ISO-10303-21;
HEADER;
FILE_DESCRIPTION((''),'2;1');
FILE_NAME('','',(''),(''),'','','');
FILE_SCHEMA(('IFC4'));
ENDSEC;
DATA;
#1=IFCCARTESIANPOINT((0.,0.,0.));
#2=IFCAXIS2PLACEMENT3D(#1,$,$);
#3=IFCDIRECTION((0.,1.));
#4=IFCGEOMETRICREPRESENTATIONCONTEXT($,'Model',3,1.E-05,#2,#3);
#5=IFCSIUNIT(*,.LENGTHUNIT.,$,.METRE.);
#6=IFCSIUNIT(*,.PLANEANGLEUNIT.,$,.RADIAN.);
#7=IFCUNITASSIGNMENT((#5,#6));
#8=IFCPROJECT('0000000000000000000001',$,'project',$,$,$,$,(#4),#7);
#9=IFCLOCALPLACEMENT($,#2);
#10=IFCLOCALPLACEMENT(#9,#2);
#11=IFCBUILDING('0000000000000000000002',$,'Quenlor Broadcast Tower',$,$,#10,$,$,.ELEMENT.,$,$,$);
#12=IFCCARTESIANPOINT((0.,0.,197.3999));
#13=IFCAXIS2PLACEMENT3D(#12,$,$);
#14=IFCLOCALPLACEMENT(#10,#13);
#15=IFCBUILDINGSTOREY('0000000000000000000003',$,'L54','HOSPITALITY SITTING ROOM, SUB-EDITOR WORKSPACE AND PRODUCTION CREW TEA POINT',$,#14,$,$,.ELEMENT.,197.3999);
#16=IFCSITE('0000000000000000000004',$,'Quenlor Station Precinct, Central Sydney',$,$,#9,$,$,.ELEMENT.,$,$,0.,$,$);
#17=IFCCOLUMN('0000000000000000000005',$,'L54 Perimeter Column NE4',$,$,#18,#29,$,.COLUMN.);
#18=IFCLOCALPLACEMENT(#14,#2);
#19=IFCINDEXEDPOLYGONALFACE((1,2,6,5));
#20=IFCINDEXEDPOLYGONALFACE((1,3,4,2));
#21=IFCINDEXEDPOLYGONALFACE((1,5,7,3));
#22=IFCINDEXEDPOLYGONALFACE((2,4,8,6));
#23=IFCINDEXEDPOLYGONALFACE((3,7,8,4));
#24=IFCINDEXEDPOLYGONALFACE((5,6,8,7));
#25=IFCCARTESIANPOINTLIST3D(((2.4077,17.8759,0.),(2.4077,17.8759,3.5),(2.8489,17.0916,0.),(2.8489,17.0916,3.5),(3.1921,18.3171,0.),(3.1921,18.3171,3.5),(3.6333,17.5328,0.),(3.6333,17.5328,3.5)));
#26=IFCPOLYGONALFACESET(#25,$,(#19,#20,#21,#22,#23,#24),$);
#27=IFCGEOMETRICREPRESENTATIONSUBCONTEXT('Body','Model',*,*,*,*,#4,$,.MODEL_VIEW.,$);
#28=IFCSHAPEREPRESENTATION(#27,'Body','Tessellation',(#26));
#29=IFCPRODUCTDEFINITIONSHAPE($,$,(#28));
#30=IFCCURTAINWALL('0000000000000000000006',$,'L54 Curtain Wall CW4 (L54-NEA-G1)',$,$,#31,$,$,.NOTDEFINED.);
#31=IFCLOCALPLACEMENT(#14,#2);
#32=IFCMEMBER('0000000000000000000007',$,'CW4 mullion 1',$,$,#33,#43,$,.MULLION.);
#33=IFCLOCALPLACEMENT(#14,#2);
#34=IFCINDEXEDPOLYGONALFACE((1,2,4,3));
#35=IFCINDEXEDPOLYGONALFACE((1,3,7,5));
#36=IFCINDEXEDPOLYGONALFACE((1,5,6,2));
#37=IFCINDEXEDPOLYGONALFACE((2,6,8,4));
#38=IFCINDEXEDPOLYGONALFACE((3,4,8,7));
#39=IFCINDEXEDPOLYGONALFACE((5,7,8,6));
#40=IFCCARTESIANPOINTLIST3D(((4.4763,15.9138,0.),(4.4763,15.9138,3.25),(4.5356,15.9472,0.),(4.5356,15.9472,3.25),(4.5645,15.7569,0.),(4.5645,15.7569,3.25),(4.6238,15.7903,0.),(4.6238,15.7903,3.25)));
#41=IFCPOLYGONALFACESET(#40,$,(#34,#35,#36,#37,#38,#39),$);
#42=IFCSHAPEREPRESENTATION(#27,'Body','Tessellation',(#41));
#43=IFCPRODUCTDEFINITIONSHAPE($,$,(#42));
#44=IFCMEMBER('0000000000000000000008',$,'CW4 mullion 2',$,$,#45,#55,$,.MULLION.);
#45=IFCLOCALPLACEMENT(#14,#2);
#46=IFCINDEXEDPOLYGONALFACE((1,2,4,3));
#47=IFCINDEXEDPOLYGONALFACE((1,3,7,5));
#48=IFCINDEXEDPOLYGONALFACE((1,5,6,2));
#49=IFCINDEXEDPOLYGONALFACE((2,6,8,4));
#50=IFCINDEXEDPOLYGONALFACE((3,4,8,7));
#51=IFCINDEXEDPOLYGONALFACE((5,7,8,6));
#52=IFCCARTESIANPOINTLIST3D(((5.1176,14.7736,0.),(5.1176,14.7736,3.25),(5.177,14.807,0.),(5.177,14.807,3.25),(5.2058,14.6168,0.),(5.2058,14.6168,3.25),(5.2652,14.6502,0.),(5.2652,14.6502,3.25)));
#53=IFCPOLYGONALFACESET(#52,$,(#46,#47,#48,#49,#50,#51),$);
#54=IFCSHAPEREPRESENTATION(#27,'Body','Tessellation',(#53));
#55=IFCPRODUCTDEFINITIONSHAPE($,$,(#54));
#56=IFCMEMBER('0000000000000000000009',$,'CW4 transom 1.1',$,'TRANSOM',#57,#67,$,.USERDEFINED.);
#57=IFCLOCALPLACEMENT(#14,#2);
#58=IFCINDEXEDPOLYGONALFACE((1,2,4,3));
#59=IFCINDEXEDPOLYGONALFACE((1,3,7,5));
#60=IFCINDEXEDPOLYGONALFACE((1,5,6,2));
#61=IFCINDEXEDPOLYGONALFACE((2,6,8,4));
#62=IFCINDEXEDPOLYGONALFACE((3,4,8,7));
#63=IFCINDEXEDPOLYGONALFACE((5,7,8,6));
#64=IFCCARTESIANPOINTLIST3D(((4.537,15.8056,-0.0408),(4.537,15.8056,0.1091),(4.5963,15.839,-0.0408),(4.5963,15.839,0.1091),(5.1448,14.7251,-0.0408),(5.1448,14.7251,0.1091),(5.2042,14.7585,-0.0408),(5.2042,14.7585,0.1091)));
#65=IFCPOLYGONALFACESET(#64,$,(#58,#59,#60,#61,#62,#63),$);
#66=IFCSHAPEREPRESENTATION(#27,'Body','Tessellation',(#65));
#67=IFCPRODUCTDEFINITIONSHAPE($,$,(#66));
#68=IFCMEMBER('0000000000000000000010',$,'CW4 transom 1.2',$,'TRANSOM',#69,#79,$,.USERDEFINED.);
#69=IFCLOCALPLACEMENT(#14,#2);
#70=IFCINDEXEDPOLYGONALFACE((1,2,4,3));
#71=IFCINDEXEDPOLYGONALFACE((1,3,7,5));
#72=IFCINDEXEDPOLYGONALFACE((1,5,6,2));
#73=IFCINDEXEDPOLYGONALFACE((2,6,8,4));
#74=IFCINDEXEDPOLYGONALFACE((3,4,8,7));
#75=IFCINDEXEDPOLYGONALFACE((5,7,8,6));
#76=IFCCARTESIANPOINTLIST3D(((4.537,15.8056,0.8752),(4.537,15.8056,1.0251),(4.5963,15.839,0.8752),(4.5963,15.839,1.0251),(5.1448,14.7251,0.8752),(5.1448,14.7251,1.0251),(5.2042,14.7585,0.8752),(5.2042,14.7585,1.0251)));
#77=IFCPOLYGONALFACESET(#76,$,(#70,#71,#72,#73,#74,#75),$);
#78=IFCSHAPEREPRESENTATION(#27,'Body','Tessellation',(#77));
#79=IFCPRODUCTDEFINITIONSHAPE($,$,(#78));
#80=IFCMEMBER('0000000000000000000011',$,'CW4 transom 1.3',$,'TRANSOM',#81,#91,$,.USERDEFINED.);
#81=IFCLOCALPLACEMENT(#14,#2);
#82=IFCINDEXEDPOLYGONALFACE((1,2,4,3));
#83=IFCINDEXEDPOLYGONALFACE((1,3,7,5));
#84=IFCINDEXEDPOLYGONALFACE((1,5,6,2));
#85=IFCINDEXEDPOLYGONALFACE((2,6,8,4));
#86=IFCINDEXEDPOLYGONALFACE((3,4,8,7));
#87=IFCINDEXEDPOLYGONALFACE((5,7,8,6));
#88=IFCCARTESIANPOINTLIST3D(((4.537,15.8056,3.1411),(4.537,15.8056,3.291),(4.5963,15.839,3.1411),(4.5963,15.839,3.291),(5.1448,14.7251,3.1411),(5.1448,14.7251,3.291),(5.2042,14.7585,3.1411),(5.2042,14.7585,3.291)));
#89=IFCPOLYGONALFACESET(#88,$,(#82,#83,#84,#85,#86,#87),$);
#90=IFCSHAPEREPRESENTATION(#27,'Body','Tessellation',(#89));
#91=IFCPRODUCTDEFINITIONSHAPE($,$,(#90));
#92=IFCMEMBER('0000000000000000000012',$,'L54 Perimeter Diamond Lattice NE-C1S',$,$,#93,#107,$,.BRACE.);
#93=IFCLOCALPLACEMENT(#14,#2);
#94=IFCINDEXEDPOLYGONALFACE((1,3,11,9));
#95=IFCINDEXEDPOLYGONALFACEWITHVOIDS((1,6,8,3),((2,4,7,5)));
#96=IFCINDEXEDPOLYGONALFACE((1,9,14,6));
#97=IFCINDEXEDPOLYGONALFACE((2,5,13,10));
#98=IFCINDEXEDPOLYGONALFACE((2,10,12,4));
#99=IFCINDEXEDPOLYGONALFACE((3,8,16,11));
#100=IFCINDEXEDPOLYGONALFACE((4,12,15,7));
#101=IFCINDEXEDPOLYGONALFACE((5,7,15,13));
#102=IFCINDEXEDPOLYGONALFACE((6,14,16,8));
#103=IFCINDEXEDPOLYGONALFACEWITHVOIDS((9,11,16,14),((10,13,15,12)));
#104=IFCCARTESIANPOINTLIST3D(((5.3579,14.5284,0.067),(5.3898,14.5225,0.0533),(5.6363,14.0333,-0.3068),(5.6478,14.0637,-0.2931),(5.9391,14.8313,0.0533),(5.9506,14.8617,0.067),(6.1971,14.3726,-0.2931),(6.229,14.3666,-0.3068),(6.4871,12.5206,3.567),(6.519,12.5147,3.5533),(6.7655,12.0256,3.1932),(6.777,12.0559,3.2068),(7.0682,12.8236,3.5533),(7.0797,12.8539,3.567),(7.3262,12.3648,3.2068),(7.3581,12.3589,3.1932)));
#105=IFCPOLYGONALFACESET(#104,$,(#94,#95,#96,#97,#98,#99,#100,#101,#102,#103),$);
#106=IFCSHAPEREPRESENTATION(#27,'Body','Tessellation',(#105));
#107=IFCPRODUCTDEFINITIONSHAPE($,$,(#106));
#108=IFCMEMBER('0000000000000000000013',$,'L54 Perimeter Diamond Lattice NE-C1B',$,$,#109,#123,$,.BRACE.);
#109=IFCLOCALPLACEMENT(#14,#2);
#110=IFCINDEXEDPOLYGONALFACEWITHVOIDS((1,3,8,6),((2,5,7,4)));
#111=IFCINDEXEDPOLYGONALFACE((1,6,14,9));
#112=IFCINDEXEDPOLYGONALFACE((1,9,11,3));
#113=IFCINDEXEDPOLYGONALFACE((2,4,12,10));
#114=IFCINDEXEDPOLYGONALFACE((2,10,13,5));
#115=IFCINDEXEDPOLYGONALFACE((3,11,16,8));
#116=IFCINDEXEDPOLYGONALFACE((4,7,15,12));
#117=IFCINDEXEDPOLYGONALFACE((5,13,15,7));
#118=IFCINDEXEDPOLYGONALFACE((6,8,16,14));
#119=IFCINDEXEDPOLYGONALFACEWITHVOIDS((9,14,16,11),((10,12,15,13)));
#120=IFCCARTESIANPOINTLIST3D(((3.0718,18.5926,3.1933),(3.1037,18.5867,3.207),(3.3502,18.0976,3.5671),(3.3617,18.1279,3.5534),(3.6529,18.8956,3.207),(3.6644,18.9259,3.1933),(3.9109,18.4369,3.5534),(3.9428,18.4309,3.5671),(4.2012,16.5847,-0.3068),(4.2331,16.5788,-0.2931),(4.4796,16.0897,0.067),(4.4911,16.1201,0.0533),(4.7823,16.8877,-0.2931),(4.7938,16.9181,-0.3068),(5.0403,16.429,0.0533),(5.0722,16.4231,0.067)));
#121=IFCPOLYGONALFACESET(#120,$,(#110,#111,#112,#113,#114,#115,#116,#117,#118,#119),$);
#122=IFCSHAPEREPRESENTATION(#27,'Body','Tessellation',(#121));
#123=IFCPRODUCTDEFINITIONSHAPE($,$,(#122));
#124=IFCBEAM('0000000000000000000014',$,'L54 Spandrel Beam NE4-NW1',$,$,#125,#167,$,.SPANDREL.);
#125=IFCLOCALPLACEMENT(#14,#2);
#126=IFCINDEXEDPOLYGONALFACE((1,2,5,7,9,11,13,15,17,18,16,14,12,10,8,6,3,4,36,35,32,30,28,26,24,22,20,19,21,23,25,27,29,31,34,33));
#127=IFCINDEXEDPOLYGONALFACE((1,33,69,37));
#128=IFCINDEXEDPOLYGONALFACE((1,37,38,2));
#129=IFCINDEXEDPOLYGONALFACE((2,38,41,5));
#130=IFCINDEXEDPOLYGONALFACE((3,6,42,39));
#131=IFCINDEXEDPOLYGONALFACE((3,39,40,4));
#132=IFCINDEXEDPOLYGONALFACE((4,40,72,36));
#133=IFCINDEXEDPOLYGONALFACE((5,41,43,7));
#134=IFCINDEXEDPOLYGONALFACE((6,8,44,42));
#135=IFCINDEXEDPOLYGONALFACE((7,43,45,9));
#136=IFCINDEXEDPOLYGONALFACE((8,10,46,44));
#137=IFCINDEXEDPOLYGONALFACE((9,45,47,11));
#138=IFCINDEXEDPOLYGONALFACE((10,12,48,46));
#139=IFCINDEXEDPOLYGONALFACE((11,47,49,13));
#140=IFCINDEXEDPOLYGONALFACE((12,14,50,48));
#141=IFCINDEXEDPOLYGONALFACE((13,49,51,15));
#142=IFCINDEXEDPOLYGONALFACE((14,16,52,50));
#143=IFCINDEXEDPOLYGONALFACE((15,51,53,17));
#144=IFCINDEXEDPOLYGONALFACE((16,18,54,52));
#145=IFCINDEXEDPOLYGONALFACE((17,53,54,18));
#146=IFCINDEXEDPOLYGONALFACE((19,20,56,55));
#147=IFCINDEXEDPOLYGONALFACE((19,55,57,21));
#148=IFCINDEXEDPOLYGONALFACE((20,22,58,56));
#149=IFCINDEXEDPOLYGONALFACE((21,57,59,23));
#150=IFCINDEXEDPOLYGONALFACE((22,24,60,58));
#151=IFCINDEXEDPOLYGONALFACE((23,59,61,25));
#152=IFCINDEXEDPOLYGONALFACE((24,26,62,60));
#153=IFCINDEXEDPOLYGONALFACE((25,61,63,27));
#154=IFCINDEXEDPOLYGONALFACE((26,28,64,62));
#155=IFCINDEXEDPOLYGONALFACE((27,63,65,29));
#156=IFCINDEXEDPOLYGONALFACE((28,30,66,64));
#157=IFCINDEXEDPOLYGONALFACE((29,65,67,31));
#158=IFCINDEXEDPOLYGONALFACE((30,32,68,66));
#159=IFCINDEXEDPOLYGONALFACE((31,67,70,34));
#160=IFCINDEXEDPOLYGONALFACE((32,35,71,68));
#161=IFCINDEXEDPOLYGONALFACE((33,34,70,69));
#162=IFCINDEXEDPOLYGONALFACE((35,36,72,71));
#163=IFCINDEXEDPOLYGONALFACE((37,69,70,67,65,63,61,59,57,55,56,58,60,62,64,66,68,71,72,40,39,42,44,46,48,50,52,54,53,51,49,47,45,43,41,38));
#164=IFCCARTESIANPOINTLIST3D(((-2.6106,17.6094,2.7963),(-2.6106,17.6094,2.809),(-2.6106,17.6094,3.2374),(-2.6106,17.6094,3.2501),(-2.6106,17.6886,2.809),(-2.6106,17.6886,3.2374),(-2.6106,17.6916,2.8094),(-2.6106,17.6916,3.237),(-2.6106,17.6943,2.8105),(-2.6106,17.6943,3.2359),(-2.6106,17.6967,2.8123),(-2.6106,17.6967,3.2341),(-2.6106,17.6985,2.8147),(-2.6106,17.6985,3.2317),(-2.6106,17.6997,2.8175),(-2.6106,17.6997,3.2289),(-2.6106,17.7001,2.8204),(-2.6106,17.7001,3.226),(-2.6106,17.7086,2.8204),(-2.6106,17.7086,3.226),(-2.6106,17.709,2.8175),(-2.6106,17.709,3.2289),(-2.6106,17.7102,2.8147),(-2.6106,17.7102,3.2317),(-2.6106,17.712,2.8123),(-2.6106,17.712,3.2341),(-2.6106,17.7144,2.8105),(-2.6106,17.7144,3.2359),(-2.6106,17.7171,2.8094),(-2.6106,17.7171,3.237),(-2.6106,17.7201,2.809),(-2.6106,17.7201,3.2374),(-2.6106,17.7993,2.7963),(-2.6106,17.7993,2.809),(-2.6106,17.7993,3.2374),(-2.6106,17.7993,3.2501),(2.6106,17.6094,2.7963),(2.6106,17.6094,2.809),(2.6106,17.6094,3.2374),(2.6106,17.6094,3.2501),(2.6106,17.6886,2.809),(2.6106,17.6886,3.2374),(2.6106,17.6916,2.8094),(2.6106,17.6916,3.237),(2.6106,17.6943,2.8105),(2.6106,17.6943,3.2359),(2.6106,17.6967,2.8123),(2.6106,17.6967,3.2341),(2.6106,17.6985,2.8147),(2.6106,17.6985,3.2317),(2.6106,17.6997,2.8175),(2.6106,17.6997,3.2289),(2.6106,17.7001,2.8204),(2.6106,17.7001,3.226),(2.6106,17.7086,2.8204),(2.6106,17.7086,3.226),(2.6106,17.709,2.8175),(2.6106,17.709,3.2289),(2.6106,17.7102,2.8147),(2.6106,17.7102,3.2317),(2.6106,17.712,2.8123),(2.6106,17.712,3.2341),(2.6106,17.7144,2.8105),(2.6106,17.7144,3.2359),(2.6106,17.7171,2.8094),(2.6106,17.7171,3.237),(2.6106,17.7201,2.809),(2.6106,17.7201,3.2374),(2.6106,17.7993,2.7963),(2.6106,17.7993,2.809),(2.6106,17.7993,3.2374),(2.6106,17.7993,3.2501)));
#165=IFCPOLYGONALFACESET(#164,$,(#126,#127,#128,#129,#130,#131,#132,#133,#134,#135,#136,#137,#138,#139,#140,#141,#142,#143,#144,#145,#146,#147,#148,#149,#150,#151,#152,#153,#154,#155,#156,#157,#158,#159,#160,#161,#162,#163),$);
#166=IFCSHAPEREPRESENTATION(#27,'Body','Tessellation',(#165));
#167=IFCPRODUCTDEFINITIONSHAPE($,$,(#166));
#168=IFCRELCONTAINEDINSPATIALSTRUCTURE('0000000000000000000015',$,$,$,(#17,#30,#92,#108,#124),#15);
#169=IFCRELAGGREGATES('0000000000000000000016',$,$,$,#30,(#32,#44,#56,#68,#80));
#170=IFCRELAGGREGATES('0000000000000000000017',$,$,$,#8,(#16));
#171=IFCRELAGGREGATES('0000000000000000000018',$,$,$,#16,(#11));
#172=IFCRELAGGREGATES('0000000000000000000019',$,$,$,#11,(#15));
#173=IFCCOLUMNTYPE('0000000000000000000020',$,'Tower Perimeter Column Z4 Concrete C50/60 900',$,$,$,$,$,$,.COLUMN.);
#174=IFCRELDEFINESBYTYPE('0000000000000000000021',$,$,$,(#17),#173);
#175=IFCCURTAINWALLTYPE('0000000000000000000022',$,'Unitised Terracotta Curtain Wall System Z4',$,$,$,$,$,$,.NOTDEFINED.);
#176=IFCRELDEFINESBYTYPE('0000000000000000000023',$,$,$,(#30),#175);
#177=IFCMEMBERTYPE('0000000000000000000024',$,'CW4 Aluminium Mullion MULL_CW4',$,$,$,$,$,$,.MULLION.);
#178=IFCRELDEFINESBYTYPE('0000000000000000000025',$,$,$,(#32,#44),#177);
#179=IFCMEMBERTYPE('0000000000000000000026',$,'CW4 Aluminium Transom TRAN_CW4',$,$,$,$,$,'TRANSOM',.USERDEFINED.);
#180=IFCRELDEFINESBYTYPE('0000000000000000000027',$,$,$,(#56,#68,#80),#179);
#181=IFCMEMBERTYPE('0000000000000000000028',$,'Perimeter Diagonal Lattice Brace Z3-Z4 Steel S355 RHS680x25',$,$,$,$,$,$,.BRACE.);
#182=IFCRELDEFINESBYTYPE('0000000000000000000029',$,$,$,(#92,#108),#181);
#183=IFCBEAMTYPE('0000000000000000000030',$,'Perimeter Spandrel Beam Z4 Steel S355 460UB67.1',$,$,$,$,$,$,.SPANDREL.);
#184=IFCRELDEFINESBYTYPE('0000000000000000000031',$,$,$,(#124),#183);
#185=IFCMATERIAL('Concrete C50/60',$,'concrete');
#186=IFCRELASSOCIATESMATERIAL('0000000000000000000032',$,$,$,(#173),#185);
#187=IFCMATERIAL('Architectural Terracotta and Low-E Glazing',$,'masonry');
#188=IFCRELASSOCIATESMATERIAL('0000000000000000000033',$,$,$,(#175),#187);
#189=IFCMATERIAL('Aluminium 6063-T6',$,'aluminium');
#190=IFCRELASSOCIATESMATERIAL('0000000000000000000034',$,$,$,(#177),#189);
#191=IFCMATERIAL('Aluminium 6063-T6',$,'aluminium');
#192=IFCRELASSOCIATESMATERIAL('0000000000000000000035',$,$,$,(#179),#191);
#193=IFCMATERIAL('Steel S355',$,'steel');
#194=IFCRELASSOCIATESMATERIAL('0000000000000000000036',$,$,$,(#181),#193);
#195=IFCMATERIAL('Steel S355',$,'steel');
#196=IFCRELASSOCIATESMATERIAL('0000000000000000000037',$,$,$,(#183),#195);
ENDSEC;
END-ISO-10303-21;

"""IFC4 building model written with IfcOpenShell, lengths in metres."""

from ifc_helpers import new_model, si_unit, direction, frame, origin, origin_2d, place, context, subcontext, project, spatial, rectangle, hollow_rectangle, i_section, extrude, material, material_profile, profile_set, type_object, element, aggregate, save


model = new_model("IFC4")

# Units and contexts
model_context = context("Model", 3, precision=1e-05, world=origin(), true_north=direction((0.0, 1.0)))
body_context = subcontext(model_context, "Body", "Model", "MODEL_VIEW")
ifc_project = project(units=[si_unit("LENGTHUNIT", "METRE"), si_unit("PLANEANGLEUNIT", "RADIAN")], contexts=[model_context])

# Site, building, storey
site_placement = place(None, origin())
site = spatial("IfcSite", under=ifc_project, at=site_placement, Name="Quenlor Station Precinct, Central Sydney", CompositionType="ELEMENT", RefElevation=0.0)
building_placement = place(site_placement, origin())
building = spatial("IfcBuilding", under=site, at=building_placement, Name="Quenlor Broadcast Tower", CompositionType="ELEMENT")
storey_placement = place(building_placement, frame((0.0, 0.0, 197.3999)))
storey = spatial("IfcBuildingStorey", under=building, at=storey_placement, Name="L54", Description="HOSPITALITY SITTING ROOM, SUB-EDITOR WORKSPACE AND PRODUCTION CREW TEA POINT", CompositionType="ELEMENT", Elevation=197.3999)

# Column
ifc_material_1 = material(Name="Concrete C50/60", Category="concrete")
ifc_material_profile_1 = material_profile(ifc_material_1, rectangle(XDim=0.8999, YDim=0.8999, at=origin_2d()))
ifc_profile_set_1 = profile_set([ifc_material_profile_1], Name="Concrete C50/60 RC900x900")
column_type = type_object("IfcColumnType", Name="Tower Perimeter Column Z4 Concrete C50/60 900", PredefinedType="COLUMN", material=ifc_profile_set_1)
column_placement = place(storey_placement, frame((3.0205, 17.7043, 0.0), z_axis=(0.0, 0.0, 1.0), x_axis=(0.871575, 0.490262, 0.0)))
element("IfcColumn", 1, at=column_placement, inside=storey, type_object=column_type, Name="L54 Perimeter Column NE4", PredefinedType="COLUMN", context=body_context, shape_type="SweptSolid", body=[
    extrude(rectangle(XDim=0.8999, YDim=0.8999, at=origin_2d()), origin(), (0.0, 0.0, 1.0), 3.5),
])

# Curtain wall, members
ifc_material_2 = material(Name="Architectural Terracotta and Low-E Glazing", Category="masonry")
curtain_wall_type = type_object("IfcCurtainWallType", Name="Unitised Terracotta Curtain Wall System Z4", PredefinedType="NOTDEFINED", material=ifc_material_2)
curtain_wall_placement = place(storey_placement, origin())
curtain_wall = element("IfcCurtainWall", 2, at=curtain_wall_placement, inside=storey, type_object=curtain_wall_type, Name="L54 Curtain Wall CW4 (L54-NEA-G1)", PredefinedType="NOTDEFINED")
ifc_material_3 = material(Name="Aluminium 6063-T6", Category="aluminium")
ifc_material_profile_2 = material_profile(ifc_material_3, rectangle(XDim=0.0681, YDim=0.1799, at=origin_2d()))
ifc_profile_set_2 = profile_set([ifc_material_profile_2], Name="Aluminium 6063-T6 MULL68x180")
member_type_1 = type_object("IfcMemberType", Name="CW4 Aluminium Mullion MULL_CW4", PredefinedType="MULLION", material=ifc_profile_set_2)
member_1_placement = place(storey_placement, frame((4.55, 15.8521, 0.0), z_axis=(0.0, 0.0, 1.0), x_axis=(0.87156, 0.490289, 0.0)))
member_1 = element("IfcMember", 3, at=member_1_placement, type_object=member_type_1, Name="CW4 mullion 1", PredefinedType="MULLION", context=body_context, shape_type="SweptSolid", body=[
    extrude(rectangle(XDim=0.0681, YDim=0.1799, at=origin_2d()), origin(), (0.0, 0.0, 1.0), 3.25),
])
member_2_placement = place(storey_placement, frame((5.1914, 14.7119, 0.0), z_axis=(0.0, 0.0, 1.0), x_axis=(0.87156, 0.490289, 0.0)))
member_2 = element("IfcMember", 4, at=member_2_placement, type_object=member_type_1, Name="CW4 mullion 2", PredefinedType="MULLION", context=body_context, shape_type="SweptSolid", body=[
    extrude(rectangle(XDim=0.0681, YDim=0.1799, at=origin_2d()), origin(), (0.0, 0.0, 1.0), 3.25),
])
ifc_material_4 = material(Name="Aluminium 6063-T6", Category="aluminium")
ifc_material_profile_3 = material_profile(ifc_material_4, rectangle(XDim=0.0681, YDim=0.1499, at=origin_2d()))
ifc_profile_set_3 = profile_set([ifc_material_profile_3], Name="Aluminium 6063-T6 TRAN68x150")
member_type_2 = type_object("IfcMemberType", Name="CW4 Aluminium Transom TRAN_CW4", ElementType="TRANSOM", PredefinedType="USERDEFINED", material=ifc_profile_set_3)
member_3_placement = place(storey_placement, frame((4.5667, 15.8223, 0.0342), z_axis=(0.490317, -0.871544, 0.0), x_axis=(0.871544, 0.490317, 0.0)))
member_3 = element("IfcMember", 5, at=member_3_placement, type_object=member_type_2, Name="CW4 transom 1.1", ObjectType="TRANSOM", PredefinedType="USERDEFINED", context=body_context, shape_type="SweptSolid", body=[
    extrude(rectangle(XDim=0.0681, YDim=0.1499, at=origin_2d()), origin(), (0.0, 0.0, 1.0), 1.2397),
])
member_4_placement = place(storey_placement, frame((4.5667, 15.8223, 0.9502), z_axis=(0.490317, -0.871544, 0.0), x_axis=(0.871544, 0.490317, 0.0)))
member_4 = element("IfcMember", 6, at=member_4_placement, type_object=member_type_2, Name="CW4 transom 1.2", ObjectType="TRANSOM", PredefinedType="USERDEFINED", context=body_context, shape_type="SweptSolid", body=[
    extrude(rectangle(XDim=0.0681, YDim=0.1499, at=origin_2d()), origin(), (0.0, 0.0, 1.0), 1.2397),
])
member_5_placement = place(storey_placement, frame((4.5667, 15.8223, 3.2161), z_axis=(0.490317, -0.871544, 0.0), x_axis=(0.871544, 0.490317, 0.0)))
member_5 = element("IfcMember", 7, at=member_5_placement, type_object=member_type_2, Name="CW4 transom 1.3", ObjectType="TRANSOM", PredefinedType="USERDEFINED", context=body_context, shape_type="SweptSolid", body=[
    extrude(rectangle(XDim=0.0681, YDim=0.1499, at=origin_2d()), origin(), (0.0, 0.0, 1.0), 1.2397),
])

# Members
ifc_material_5 = material(Name="Steel S355", Category="steel")
ifc_material_profile_4 = material_profile(ifc_material_5, hollow_rectangle(XDim=0.6799, YDim=0.6799, WallThickness=0.0249, at=origin_2d()))
ifc_profile_set_4 = profile_set([ifc_material_profile_4], Name="Steel S355 RHS680x680x25")
member_type_3 = type_object("IfcMemberType", Name="Perimeter Diagonal Lattice Brace Z3-Z4 Steel S355 RHS680x25", PredefinedType="BRACE", material=ifc_profile_set_4)
member_6_placement = place(storey_placement, frame((5.7935, 14.4475, -0.1199), z_axis=(0.269485, -0.479189, 0.835318), x_axis=(0.871621, 0.490181, 0.0)))
element("IfcMember", 8, at=member_6_placement, inside=storey, type_object=member_type_3, Name="L54 Perimeter Diamond Lattice NE-C1S", PredefinedType="BRACE", context=body_context, shape_type="SweptSolid", body=[
    extrude(hollow_rectangle(XDim=0.6799, YDim=0.6799, WallThickness=0.0249, at=origin_2d()), origin(), (0.0, 0.0, 1.0), 4.1899),
])
member_7_placement = place(storey_placement, frame((4.6367, 16.5039, -0.1199), z_axis=(-0.26954, 0.479181, 0.835305), x_axis=(-0.871576, -0.490261, 0.0)))
element("IfcMember", 9, at=member_7_placement, inside=storey, type_object=member_type_3, Name="L54 Perimeter Diamond Lattice NE-C1B", PredefinedType="BRACE", context=body_context, shape_type="SweptSolid", body=[
    extrude(hollow_rectangle(XDim=0.6799, YDim=0.6799, WallThickness=0.0249, at=origin_2d()), origin(), (0.0, 0.0, 1.0), 4.1902),
])

# Beam
ifc_material_6 = material(Name="Steel S355", Category="steel")
ifc_material_profile_5 = material_profile(ifc_material_6, i_section(OverallWidth=0.1899, OverallDepth=0.4539, WebThickness=0.0085, FlangeThickness=0.0127, FilletRadius=0.0115, at=origin_2d()))
ifc_profile_set_5 = profile_set([ifc_material_profile_5], Name="Steel S355 460UB67.1")
beam_type_1 = type_object("IfcBeamType", Name="Perimeter Spandrel Beam Z4 Steel S355 460UB67.1", PredefinedType="SPANDREL", material=ifc_profile_set_5)
beam_1_placement = place(storey_placement, frame((2.6106, 17.7043, 3.0232), z_axis=(-1.0, 0.0, 0.0), x_axis=(0.0, -1.0, 0.0)))
element("IfcBeam", 10, at=beam_1_placement, inside=storey, type_object=beam_type_1, Name="L54 Spandrel Beam NE4-NW1", PredefinedType="SPANDREL", context=body_context, shape_type="SweptSolid", body=[
    extrude(i_section(OverallWidth=0.1899, OverallDepth=0.4539, WebThickness=0.0085, FlangeThickness=0.0127, FilletRadius=0.0115, at=origin_2d()), origin(), (0.0, 0.0, 1.0), 5.2212),
])

aggregate(curtain_wall, [member_1, member_2, member_3, member_4, member_5])

save(model, "model.ifc")
